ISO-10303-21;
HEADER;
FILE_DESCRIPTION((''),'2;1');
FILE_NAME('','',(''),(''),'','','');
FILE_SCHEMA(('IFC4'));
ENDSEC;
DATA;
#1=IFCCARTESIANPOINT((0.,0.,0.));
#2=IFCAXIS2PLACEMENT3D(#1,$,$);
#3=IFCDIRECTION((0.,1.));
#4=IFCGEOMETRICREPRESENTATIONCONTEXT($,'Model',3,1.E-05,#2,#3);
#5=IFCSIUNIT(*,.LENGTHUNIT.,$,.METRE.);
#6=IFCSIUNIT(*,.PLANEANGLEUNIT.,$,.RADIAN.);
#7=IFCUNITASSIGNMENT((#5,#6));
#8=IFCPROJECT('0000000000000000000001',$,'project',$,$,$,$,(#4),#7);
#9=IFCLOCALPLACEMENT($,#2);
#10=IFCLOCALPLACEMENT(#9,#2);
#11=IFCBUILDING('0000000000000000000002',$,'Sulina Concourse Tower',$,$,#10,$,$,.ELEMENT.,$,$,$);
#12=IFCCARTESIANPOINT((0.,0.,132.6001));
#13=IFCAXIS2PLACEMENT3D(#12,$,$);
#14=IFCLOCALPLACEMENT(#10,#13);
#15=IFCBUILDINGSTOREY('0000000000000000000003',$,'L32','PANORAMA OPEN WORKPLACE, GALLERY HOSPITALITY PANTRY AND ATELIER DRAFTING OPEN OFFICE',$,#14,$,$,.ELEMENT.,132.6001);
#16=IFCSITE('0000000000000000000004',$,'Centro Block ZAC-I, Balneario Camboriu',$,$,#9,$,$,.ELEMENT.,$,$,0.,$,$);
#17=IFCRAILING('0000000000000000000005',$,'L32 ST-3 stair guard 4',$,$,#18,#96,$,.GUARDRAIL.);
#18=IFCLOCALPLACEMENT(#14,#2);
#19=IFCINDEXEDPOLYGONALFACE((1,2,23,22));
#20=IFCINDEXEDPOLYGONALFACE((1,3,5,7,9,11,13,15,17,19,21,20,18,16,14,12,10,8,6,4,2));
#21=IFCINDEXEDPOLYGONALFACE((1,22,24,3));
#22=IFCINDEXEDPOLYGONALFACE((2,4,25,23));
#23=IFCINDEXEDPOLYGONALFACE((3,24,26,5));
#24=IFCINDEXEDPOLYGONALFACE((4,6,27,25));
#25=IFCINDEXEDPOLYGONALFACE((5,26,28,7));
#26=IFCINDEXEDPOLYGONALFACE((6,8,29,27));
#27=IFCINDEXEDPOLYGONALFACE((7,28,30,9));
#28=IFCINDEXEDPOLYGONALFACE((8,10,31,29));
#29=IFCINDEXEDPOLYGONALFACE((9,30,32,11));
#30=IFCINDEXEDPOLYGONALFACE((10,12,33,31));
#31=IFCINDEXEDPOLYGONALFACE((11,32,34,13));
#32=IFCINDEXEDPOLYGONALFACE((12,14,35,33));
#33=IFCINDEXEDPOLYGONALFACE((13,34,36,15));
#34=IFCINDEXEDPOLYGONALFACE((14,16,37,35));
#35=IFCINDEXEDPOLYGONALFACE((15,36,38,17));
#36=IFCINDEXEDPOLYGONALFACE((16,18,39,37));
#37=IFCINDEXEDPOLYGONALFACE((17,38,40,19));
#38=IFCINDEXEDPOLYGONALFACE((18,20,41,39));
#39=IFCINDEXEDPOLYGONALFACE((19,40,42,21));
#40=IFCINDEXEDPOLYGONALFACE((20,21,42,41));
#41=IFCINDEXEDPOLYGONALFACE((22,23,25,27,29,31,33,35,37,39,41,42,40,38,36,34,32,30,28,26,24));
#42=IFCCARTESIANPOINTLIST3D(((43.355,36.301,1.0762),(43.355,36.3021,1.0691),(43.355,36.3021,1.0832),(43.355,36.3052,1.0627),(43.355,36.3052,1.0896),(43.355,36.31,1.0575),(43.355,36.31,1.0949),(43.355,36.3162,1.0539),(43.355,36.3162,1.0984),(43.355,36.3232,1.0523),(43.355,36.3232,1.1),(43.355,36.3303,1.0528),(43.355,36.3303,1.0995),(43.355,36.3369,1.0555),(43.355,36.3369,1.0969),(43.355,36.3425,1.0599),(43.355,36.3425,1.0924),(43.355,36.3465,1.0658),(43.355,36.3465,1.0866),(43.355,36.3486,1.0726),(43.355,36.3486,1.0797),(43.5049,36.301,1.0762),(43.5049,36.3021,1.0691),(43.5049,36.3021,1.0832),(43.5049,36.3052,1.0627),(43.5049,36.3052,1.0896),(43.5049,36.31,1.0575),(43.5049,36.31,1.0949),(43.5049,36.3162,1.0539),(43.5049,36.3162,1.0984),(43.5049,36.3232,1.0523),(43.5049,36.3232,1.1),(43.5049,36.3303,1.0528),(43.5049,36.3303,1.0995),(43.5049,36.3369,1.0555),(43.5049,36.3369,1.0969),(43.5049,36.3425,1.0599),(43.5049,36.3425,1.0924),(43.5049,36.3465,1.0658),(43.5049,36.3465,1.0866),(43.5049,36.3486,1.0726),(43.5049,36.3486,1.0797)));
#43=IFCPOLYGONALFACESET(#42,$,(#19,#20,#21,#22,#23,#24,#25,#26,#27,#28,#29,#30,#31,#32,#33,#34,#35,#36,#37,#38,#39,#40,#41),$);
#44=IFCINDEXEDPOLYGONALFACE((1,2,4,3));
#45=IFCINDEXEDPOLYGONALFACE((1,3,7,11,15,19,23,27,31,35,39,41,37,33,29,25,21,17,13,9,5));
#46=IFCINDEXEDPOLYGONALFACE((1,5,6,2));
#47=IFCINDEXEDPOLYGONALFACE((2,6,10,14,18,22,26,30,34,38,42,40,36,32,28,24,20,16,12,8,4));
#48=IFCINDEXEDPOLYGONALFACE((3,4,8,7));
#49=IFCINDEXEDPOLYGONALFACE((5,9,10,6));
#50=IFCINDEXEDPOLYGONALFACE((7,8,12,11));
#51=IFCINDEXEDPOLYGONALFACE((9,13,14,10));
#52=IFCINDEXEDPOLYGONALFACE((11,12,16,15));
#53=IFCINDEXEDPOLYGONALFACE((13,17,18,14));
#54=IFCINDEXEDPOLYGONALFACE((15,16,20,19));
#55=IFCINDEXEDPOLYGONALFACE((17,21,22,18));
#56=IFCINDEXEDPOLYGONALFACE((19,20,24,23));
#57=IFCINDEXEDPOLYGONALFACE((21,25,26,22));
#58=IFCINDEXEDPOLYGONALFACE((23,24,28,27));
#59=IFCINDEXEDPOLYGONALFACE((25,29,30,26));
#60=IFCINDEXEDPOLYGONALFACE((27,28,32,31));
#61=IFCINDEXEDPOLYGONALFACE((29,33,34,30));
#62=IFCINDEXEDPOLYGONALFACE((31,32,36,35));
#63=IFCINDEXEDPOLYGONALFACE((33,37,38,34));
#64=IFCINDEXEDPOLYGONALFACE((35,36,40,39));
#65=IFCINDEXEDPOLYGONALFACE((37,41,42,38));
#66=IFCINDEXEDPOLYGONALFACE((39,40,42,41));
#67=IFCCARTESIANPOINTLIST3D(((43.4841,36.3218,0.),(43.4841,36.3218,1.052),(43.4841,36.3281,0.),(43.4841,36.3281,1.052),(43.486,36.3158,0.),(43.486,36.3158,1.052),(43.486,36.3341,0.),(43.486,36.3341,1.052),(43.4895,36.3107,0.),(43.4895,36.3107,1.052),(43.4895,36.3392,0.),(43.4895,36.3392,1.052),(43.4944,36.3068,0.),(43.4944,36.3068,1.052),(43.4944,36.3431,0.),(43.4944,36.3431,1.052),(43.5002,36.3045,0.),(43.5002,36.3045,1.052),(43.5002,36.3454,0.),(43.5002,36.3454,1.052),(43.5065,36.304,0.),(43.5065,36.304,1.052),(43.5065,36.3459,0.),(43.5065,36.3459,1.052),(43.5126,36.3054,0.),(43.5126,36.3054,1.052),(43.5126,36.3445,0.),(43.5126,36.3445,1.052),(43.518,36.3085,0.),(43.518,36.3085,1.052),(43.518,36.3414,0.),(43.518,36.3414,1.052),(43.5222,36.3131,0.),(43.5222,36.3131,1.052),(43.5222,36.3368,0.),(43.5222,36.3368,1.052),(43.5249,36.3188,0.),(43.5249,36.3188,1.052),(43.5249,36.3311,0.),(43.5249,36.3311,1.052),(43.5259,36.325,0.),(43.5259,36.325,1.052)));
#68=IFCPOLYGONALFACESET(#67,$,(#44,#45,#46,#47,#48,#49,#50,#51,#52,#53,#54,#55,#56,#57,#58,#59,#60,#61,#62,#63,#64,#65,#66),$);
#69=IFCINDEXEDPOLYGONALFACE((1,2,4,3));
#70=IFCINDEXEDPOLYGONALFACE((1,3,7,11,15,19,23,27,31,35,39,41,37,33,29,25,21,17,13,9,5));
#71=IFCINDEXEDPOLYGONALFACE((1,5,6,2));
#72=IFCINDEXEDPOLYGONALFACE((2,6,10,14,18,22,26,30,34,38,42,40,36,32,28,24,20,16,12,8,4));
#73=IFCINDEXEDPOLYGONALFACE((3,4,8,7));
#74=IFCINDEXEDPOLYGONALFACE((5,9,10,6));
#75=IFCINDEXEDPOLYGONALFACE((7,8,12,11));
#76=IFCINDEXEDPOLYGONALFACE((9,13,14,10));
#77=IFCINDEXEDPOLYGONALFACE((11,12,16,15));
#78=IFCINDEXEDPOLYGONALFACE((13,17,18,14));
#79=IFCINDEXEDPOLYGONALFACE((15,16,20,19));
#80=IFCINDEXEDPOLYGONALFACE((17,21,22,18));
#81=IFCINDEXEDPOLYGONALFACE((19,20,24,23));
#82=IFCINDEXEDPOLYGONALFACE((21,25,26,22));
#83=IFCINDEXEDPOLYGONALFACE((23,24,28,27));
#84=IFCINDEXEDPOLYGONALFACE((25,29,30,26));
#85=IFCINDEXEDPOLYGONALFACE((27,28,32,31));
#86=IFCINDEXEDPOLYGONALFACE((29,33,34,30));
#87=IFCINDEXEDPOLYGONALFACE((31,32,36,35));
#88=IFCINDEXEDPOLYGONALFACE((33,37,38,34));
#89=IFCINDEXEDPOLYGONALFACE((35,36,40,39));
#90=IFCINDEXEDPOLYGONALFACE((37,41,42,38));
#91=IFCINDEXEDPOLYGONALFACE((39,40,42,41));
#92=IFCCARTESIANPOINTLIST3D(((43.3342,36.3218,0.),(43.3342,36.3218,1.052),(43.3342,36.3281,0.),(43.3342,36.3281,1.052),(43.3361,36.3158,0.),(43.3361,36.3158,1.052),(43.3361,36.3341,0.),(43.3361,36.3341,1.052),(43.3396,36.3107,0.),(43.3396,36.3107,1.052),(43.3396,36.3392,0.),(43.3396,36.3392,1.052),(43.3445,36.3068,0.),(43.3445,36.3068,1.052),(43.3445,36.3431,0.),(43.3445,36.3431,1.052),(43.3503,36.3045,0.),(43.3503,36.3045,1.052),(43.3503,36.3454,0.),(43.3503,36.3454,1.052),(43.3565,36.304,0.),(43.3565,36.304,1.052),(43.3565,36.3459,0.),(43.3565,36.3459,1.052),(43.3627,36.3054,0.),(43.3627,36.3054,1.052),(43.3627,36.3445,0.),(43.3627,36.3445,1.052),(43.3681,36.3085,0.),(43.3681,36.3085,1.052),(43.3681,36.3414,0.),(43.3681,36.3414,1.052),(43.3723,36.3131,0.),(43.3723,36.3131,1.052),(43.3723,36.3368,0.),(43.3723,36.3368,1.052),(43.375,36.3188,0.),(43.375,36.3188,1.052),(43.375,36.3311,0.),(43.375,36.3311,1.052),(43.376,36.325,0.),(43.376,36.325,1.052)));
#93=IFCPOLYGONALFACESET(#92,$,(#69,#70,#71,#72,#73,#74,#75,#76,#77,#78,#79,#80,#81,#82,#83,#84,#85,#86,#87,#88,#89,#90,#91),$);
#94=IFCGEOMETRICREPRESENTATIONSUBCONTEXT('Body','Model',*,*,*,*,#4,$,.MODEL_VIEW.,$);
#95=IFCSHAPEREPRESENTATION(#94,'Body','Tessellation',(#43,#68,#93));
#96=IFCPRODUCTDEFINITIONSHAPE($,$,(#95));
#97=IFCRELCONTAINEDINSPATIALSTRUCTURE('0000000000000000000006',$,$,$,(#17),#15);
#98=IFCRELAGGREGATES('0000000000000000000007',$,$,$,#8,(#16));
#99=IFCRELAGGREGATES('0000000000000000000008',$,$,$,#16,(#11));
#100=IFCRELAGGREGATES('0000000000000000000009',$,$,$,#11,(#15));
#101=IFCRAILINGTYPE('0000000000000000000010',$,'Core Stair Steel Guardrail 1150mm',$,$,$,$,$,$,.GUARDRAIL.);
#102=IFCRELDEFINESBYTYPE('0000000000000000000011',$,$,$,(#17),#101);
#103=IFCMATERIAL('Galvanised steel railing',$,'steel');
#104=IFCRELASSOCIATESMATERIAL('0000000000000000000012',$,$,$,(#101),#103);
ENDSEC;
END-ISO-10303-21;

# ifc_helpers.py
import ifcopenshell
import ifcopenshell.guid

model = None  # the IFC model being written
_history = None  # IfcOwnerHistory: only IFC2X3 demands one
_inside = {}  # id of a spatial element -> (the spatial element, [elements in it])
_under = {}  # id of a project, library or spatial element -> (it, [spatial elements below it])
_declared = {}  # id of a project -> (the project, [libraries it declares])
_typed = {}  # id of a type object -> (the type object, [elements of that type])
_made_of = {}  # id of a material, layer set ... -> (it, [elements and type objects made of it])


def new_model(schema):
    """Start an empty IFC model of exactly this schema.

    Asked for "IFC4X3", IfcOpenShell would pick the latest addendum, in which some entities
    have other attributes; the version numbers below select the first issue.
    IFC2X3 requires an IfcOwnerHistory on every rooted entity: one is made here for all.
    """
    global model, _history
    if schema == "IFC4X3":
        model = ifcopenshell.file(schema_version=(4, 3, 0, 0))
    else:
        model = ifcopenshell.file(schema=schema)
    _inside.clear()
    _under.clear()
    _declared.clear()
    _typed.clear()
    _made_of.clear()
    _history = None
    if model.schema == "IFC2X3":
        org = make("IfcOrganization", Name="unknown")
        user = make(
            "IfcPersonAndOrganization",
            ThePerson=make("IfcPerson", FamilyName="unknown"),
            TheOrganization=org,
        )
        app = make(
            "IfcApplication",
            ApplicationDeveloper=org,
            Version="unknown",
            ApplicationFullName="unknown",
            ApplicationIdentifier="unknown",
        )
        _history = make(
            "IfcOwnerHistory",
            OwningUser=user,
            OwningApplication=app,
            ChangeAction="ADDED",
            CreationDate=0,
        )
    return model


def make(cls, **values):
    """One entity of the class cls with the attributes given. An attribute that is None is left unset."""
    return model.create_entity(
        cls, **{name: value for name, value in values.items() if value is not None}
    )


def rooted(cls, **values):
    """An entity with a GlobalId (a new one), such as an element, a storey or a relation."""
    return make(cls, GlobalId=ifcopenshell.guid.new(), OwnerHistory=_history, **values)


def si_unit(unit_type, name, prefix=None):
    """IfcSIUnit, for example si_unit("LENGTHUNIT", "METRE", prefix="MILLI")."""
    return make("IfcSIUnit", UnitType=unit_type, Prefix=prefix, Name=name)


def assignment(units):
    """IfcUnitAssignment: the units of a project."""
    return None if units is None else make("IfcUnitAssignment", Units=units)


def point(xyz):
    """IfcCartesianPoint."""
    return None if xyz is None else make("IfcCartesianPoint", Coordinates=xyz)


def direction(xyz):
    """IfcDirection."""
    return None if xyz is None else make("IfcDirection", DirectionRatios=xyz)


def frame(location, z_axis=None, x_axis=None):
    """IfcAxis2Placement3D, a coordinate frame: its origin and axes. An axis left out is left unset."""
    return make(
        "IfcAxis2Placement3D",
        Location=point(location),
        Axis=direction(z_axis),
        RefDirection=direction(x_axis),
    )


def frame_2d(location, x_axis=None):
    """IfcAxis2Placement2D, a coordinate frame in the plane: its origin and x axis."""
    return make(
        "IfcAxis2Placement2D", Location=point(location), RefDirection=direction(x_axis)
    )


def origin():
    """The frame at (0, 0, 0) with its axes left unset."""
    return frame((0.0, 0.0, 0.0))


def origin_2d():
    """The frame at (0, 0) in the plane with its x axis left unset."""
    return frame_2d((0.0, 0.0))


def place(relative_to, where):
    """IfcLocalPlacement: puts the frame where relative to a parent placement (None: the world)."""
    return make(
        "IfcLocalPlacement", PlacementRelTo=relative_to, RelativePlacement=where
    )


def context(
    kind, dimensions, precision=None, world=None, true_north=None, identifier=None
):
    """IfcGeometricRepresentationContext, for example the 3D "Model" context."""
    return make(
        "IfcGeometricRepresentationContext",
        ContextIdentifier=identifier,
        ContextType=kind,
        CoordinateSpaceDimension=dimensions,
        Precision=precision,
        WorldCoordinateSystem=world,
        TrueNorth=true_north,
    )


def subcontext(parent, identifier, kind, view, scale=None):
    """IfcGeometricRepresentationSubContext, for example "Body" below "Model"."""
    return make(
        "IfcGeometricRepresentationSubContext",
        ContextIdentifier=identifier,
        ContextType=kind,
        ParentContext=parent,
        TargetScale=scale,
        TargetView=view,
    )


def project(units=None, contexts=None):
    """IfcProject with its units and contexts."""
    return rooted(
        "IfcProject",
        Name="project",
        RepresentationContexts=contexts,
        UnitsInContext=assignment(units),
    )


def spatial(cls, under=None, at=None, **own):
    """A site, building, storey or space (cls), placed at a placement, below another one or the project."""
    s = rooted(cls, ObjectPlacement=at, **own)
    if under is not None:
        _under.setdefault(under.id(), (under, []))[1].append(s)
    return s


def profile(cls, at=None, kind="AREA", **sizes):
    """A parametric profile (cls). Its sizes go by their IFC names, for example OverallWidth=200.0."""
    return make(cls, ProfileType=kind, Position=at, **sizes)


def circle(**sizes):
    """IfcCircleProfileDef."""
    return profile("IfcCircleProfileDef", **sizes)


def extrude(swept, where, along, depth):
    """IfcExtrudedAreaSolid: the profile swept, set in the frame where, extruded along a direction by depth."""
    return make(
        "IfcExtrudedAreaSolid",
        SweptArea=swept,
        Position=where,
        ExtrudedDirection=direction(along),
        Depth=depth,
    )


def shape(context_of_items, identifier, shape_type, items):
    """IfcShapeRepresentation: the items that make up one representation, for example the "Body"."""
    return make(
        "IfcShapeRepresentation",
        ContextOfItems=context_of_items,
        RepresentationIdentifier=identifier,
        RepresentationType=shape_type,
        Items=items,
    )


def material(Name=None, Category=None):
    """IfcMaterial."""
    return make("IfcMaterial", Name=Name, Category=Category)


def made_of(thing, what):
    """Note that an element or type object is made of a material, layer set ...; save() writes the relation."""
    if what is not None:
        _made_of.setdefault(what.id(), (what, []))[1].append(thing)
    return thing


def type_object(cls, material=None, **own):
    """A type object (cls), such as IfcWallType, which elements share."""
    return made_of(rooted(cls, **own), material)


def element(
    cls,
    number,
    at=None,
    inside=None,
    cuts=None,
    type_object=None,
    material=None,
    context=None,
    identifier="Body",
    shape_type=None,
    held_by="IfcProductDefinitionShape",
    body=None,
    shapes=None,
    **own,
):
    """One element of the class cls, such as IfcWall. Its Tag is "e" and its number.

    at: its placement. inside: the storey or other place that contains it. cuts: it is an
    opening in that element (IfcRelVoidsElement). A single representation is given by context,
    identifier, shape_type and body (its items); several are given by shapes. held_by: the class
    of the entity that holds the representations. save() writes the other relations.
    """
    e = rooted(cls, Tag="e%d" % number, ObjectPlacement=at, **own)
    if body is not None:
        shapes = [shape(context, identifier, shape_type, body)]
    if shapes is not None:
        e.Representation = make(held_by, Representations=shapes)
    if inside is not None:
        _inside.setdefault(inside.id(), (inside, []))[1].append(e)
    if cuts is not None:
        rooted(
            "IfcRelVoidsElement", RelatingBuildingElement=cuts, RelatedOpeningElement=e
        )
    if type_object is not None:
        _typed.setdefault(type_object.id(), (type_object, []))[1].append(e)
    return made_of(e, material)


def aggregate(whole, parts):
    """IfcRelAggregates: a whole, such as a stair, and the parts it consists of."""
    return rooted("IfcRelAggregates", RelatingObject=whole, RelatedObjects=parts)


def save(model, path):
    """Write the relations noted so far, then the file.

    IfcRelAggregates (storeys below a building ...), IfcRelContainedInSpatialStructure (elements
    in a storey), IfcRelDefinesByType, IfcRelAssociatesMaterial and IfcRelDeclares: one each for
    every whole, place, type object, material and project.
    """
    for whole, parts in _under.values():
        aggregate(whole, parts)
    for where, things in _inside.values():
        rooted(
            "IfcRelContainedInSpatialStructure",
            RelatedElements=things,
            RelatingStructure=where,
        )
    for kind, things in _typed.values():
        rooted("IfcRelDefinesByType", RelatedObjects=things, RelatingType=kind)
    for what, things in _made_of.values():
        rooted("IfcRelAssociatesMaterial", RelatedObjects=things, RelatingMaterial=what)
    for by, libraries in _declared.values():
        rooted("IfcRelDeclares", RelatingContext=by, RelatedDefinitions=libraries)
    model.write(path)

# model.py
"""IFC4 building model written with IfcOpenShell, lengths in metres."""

from ifc_helpers import new_model, si_unit, direction, frame, origin, origin_2d, place, context, subcontext, project, spatial, circle, extrude, material, type_object, element, save


model = new_model("IFC4")

# Units and contexts
model_context = context("Model", 3, precision=1e-05, world=origin(), true_north=direction((0.0, 1.0)))
body_context = subcontext(model_context, "Body", "Model", "MODEL_VIEW")
ifc_project = project(units=[si_unit("LENGTHUNIT", "METRE"), si_unit("PLANEANGLEUNIT", "RADIAN")], contexts=[model_context])

# Site, building, storey
site_placement = place(None, origin())
site = spatial("IfcSite", under=ifc_project, at=site_placement, Name="Centro Block ZAC-I, Balneario Camboriu", CompositionType="ELEMENT", RefElevation=0.0)
building_placement = place(site_placement, origin())
building = spatial("IfcBuilding", under=site, at=building_placement, Name="Sulina Concourse Tower", CompositionType="ELEMENT")
storey_placement = place(building_placement, frame((0.0, 0.0, 132.6001)))
storey = spatial("IfcBuildingStorey", under=building, at=storey_placement, Name="L32", Description="PANORAMA OPEN WORKPLACE, GALLERY HOSPITALITY PANTRY AND ATELIER DRAFTING OPEN OFFICE", CompositionType="ELEMENT", Elevation=132.6001)

# Railing
ifc_material_1 = material(Name="Galvanised steel railing", Category="steel")
railing_type_1 = type_object("IfcRailingType", Name="Core Stair Steel Guardrail 1150mm", PredefinedType="GUARDRAIL", material=ifc_material_1)
railing_1_placement = place(storey_placement, frame((43.5049, 36.325, 0.0)))
element("IfcRailing", 1, at=railing_1_placement, inside=storey, type_object=railing_type_1, Name="L32 ST-3 stair guard 4", PredefinedType="GUARDRAIL", context=body_context, shape_type="SweptSolid", body=[
    extrude(circle(Radius=0.0239, at=origin_2d()), frame((0.0, 0.0, 1.0762), z_axis=(-1.0, 0.0, 0.0), x_axis=(0.0, -1.0, 0.0)), (0.0, 0.0, 1.0), 0.1499),
    extrude(circle(Radius=0.021, at=origin_2d()), origin(), (0.0, 0.0, 1.0), 1.052),
    extrude(circle(Radius=0.021, at=origin_2d()), frame((-0.1499, 0.0, 0.0)), (0.0, 0.0, 1.0), 1.052),
])

save(model, "model.ifc")
